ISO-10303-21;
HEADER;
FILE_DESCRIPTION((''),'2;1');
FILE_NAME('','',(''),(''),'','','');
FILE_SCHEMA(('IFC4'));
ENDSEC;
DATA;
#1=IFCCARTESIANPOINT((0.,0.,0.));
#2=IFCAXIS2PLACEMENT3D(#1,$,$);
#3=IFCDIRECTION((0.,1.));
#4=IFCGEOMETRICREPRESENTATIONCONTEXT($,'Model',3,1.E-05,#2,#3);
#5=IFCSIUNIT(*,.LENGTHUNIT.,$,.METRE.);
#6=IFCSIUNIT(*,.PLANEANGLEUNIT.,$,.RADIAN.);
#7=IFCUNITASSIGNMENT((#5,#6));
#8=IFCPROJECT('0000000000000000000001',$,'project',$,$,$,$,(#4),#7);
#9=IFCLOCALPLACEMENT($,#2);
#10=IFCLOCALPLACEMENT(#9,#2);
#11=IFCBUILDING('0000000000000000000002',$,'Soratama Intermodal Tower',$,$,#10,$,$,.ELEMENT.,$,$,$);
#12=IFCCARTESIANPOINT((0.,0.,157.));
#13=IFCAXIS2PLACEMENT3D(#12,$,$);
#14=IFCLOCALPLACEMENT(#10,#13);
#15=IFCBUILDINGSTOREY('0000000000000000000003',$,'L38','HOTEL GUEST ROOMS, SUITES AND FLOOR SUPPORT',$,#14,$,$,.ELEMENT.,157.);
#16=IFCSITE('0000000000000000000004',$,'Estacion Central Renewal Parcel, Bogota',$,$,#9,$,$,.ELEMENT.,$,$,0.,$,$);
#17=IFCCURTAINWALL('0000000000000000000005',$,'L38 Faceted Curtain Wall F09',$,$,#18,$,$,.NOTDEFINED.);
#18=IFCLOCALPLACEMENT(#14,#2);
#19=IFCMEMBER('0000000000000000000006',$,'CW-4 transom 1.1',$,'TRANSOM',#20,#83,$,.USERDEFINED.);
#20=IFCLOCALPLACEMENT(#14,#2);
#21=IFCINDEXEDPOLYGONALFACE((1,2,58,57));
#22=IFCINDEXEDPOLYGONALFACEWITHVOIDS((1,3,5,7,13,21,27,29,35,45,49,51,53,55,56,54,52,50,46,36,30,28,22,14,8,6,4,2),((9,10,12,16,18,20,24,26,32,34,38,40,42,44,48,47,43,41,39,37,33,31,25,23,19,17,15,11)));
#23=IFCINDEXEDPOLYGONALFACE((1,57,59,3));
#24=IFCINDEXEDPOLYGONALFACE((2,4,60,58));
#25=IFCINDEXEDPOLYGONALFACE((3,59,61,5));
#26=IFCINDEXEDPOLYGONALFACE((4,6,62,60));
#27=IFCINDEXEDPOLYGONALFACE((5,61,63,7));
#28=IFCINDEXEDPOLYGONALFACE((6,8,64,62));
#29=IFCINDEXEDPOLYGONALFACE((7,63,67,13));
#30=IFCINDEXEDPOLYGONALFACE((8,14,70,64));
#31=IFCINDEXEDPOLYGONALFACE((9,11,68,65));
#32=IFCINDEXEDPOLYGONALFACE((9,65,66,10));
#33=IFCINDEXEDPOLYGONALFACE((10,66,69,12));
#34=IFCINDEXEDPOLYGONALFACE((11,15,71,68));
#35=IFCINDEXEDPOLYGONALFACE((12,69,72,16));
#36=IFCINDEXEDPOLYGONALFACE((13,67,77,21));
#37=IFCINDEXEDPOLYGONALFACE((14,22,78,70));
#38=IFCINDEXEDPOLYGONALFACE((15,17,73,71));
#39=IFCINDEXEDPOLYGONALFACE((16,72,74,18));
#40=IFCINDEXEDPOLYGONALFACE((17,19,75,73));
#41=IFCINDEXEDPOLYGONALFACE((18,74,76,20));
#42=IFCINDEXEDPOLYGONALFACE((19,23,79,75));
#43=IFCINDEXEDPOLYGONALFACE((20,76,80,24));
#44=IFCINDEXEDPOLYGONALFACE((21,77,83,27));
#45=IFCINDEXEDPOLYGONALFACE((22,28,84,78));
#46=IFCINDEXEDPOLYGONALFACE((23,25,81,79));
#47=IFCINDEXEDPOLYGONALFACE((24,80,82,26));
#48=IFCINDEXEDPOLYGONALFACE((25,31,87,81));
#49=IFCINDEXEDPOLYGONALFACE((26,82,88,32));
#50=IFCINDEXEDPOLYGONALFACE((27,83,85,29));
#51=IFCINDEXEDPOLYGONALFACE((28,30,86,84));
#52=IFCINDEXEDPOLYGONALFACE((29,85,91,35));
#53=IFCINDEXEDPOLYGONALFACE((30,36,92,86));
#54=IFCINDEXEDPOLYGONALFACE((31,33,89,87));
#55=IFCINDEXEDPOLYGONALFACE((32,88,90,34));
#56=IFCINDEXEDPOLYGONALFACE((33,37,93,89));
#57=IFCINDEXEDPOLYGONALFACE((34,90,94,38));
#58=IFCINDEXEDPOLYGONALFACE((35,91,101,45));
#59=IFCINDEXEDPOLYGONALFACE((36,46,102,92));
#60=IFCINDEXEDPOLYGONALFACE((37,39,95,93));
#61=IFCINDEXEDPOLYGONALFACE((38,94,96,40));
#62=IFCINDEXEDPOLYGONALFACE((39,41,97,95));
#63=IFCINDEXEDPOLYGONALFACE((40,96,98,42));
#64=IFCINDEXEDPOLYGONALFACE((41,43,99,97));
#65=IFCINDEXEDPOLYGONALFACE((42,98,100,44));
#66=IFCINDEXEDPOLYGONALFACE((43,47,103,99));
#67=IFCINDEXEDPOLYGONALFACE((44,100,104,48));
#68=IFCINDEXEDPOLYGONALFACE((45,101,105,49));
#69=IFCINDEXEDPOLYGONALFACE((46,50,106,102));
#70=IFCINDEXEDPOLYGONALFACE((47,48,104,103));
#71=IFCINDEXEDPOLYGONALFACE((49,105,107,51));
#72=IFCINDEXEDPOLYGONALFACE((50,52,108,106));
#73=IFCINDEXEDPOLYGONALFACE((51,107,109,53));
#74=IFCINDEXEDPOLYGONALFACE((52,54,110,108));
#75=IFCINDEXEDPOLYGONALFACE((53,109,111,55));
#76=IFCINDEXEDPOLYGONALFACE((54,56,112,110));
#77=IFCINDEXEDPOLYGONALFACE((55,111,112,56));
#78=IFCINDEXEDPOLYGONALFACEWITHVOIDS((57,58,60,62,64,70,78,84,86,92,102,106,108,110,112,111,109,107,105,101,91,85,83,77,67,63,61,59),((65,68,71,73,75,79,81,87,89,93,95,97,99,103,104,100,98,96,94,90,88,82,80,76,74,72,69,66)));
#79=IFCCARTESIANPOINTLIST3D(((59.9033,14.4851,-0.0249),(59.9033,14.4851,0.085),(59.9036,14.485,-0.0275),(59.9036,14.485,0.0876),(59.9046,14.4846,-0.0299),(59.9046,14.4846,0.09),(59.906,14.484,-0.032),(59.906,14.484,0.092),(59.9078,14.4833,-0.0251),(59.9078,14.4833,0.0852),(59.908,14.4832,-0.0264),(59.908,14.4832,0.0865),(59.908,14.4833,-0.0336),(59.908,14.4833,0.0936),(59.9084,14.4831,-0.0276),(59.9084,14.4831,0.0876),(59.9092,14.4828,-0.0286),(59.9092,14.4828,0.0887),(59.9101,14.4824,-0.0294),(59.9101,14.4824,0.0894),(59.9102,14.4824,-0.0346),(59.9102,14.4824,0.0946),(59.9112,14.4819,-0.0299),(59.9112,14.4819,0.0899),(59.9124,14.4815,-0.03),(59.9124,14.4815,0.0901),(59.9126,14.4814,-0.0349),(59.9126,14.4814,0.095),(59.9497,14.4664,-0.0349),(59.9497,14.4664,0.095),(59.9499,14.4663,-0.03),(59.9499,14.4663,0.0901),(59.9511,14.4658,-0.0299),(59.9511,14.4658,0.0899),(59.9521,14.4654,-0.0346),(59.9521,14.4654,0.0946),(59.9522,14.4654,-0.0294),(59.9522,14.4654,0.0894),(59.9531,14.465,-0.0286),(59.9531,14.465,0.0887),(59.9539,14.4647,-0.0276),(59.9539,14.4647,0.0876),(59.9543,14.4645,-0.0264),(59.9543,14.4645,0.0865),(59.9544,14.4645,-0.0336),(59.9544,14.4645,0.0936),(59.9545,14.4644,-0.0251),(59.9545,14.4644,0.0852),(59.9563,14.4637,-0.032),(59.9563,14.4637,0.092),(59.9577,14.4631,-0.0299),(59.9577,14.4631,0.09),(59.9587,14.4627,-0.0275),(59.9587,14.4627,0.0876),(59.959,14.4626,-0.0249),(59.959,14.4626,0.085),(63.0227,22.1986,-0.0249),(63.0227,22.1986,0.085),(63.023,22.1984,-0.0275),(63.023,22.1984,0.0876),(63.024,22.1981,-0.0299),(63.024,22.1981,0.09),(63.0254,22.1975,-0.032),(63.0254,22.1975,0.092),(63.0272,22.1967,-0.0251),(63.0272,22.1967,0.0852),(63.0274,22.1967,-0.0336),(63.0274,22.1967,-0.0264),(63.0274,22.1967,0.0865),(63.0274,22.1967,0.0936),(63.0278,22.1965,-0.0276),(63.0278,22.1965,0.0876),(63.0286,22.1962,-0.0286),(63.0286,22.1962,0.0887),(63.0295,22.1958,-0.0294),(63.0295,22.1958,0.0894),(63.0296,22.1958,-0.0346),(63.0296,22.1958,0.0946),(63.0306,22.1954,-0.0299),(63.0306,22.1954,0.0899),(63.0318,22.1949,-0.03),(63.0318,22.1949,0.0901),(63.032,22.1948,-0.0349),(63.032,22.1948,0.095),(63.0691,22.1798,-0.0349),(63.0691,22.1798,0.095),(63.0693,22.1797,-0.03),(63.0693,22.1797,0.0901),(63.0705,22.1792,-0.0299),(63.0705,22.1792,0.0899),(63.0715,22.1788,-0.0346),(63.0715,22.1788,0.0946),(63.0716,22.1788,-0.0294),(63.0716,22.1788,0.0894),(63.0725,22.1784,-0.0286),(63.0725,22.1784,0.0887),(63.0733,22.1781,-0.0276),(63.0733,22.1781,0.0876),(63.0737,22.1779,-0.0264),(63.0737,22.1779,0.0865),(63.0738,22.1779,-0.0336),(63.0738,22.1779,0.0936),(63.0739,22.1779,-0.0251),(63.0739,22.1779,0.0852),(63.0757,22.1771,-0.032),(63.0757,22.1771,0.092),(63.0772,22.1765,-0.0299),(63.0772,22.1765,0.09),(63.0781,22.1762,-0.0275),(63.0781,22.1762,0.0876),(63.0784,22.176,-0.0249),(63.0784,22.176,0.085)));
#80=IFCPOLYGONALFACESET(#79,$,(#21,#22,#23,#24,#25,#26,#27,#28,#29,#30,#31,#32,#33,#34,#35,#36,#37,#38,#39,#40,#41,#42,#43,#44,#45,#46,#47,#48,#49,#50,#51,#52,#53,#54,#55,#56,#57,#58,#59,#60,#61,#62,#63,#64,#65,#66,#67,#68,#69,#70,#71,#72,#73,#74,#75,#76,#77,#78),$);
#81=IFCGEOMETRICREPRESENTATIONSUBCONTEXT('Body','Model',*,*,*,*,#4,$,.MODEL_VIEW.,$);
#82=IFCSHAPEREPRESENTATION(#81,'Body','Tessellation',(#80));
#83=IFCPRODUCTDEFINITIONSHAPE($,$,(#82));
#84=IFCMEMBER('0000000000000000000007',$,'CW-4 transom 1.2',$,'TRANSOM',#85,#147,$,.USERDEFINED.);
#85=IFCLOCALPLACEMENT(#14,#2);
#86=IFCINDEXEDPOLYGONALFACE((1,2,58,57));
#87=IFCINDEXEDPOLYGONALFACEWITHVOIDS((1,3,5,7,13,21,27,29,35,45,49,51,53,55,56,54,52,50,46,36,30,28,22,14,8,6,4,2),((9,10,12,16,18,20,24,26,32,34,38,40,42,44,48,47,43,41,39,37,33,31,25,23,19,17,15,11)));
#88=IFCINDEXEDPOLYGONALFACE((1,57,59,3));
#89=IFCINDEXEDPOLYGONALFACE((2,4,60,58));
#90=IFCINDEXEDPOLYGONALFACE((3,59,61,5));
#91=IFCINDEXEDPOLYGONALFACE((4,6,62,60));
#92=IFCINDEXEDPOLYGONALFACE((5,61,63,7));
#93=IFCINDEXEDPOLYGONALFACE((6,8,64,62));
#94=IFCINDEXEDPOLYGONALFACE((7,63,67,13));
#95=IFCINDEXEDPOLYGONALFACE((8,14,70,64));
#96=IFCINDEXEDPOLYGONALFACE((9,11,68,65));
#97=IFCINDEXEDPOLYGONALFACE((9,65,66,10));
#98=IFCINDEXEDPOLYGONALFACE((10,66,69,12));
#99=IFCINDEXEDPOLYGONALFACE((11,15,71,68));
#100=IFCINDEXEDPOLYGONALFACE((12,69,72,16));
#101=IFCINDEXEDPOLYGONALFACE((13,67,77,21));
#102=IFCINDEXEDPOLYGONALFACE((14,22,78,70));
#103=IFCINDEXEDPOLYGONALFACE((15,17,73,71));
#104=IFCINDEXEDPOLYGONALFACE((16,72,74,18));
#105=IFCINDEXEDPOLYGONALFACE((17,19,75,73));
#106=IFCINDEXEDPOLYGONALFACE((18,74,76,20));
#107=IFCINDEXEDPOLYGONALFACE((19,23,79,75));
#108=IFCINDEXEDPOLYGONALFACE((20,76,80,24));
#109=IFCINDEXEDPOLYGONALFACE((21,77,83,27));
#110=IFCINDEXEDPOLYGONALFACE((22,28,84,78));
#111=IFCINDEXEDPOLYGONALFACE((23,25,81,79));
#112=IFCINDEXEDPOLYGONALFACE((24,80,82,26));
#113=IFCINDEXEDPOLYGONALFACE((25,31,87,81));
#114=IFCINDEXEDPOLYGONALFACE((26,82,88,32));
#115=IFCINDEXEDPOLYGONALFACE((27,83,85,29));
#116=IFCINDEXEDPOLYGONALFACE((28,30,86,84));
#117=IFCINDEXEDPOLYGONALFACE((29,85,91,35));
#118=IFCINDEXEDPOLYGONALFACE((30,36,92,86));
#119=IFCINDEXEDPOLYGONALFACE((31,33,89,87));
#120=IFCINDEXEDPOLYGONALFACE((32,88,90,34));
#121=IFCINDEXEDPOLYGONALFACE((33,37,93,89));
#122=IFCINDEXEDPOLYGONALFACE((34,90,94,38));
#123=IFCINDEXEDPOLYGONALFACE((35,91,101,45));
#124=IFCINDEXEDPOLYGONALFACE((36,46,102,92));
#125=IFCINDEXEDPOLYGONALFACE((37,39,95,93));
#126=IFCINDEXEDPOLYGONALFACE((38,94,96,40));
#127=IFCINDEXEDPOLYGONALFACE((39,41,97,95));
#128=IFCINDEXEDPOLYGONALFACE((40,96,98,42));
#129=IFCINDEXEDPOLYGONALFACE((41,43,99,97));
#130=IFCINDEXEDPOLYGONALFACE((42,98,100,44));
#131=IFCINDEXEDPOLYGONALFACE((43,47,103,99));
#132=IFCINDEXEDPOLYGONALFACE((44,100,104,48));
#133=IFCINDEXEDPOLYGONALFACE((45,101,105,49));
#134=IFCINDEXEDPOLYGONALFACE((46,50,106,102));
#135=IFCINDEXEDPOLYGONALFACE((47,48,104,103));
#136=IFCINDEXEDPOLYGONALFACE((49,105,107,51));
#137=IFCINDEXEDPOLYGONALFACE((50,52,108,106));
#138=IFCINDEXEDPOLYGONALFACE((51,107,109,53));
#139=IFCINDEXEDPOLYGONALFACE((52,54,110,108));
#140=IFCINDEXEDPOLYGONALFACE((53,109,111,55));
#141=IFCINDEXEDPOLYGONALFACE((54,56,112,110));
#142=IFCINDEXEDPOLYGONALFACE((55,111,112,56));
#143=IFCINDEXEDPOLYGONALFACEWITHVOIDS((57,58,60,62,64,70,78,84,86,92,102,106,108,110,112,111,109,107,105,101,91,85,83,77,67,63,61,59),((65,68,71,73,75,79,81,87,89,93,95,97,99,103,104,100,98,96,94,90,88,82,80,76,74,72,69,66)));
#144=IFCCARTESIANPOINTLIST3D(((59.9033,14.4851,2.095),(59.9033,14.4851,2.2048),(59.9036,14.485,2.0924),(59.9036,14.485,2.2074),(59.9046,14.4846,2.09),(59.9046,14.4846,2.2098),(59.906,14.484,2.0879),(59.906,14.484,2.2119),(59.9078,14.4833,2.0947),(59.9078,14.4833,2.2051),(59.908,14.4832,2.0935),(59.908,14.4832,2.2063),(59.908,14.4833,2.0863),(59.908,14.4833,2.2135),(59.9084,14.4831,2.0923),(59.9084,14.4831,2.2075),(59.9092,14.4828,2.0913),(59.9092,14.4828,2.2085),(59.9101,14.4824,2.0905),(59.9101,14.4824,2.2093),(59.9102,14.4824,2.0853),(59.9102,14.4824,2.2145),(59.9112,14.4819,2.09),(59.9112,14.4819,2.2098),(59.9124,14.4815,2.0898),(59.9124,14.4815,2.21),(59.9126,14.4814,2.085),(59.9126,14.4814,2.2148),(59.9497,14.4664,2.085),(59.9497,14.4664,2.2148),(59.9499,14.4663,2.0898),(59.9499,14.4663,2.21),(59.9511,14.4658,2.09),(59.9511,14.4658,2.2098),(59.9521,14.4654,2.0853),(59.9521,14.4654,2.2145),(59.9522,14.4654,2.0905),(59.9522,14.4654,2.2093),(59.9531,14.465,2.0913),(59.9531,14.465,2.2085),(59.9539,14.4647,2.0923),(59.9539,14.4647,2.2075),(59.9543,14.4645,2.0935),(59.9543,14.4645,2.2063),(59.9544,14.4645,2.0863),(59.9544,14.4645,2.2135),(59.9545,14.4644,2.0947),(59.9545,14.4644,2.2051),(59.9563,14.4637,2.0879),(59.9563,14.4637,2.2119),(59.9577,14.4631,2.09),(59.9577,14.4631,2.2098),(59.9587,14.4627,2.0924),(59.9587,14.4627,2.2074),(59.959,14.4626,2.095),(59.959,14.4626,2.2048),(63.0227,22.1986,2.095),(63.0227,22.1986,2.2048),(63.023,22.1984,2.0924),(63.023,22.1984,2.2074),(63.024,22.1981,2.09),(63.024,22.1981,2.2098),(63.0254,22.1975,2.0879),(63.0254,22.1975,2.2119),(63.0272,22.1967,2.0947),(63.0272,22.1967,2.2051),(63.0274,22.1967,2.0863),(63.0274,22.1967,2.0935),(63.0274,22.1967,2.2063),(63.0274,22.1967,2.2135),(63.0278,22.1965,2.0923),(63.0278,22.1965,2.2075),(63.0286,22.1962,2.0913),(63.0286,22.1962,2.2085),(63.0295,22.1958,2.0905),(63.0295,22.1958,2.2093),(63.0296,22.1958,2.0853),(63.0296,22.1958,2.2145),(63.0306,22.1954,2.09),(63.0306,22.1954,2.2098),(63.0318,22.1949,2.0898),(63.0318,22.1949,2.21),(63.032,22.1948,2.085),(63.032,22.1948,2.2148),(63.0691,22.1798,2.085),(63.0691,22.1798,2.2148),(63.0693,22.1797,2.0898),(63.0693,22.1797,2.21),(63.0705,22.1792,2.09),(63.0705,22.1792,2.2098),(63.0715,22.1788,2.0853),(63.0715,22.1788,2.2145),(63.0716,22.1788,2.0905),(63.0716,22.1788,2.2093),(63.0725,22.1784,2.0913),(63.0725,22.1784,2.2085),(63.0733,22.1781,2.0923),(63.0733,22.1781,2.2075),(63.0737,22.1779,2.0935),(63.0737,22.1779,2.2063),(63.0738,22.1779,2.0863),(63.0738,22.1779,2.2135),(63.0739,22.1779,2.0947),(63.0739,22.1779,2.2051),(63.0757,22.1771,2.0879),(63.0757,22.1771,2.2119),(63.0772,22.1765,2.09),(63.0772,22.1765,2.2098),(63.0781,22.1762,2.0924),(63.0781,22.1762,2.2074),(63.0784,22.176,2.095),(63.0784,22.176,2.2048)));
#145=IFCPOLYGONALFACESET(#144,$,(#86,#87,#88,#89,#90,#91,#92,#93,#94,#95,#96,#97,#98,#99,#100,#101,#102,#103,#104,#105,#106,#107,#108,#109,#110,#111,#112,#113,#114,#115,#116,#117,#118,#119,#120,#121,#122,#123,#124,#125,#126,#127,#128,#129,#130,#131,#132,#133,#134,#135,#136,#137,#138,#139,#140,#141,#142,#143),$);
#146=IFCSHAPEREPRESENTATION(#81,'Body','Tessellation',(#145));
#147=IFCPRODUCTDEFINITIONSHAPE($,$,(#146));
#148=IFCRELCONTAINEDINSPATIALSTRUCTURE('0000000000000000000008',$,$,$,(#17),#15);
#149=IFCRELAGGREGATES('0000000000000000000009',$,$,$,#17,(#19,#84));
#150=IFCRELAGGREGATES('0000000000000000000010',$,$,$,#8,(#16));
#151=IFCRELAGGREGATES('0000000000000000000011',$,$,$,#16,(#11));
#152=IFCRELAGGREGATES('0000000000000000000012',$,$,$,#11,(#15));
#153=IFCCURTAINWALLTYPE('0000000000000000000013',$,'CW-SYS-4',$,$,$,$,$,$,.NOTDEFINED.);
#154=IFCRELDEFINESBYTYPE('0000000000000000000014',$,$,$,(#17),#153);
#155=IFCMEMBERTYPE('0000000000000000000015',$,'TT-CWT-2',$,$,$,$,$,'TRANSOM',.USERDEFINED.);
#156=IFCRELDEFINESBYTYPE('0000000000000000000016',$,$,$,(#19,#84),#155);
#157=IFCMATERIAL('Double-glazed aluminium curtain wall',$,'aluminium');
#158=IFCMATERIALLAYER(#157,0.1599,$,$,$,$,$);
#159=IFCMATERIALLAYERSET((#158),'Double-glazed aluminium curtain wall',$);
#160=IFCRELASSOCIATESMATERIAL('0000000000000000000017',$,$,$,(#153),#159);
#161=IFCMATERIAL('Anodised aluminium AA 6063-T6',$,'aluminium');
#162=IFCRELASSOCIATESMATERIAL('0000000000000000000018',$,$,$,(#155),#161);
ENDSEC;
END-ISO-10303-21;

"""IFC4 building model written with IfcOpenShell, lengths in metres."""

from ifc_helpers import new_model, si_unit, direction, frame, origin, origin_2d, place, context, subcontext, project, spatial, hollow_rectangle, extrude, material, layer, layer_set, material_profile, profile_set, type_object, element, aggregate, save


model = new_model("IFC4")

# Units and contexts
model_context = context("Model", 3, precision=1e-05, world=origin(), true_north=direction((0.0, 1.0)))
body_context = subcontext(model_context, "Body", "Model", "MODEL_VIEW")
ifc_project = project(units=[si_unit("LENGTHUNIT", "METRE"), si_unit("PLANEANGLEUNIT", "RADIAN")], contexts=[model_context])

# Site, building, storey
site_placement = place(None, origin())
site = spatial("IfcSite", under=ifc_project, at=site_placement, Name="Estacion Central Renewal Parcel, Bogota", CompositionType="ELEMENT", RefElevation=0.0)
building_placement = place(site_placement, origin())
building = spatial("IfcBuilding", under=site, at=building_placement, Name="Soratama Intermodal Tower", CompositionType="ELEMENT")
storey_placement = place(building_placement, frame((0.0, 0.0, 157.0)))
storey = spatial("IfcBuildingStorey", under=building, at=storey_placement, Name="L38", Description="HOTEL GUEST ROOMS, SUITES AND FLOOR SUPPORT", CompositionType="ELEMENT", Elevation=157.0)

# Curtain wall, members
ifc_material_1 = material(Name="Double-glazed aluminium curtain wall", Category="aluminium")
ifc_layer_1 = layer(ifc_material_1, 0.1599)
ifc_layer_set_1 = layer_set([ifc_layer_1], Name="Double-glazed aluminium curtain wall")
curtain_wall_type = type_object("IfcCurtainWallType", Name="CW-SYS-4", PredefinedType="NOTDEFINED", material=ifc_layer_set_1)
curtain_wall_placement = place(storey_placement, origin())
curtain_wall = element("IfcCurtainWall", 1, at=curtain_wall_placement, inside=storey, type_object=curtain_wall_type, Name="L38 Faceted Curtain Wall F09", PredefinedType="NOTDEFINED")
ifc_material_2 = material(Name="Anodised aluminium AA 6063-T6", Category="aluminium")
ifc_material_profile_1 = material_profile(ifc_material_2, hollow_rectangle(XDim=0.0601, YDim=0.1299, WallThickness=0.0049, InnerFilletRadius=0.0049, OuterFilletRadius=0.01, at=origin_2d()), Name="CWT130X60X5")
ifc_profile_set_1 = profile_set([ifc_material_profile_1], Name="Anodised aluminium AA 6063-T6")
member_type_1 = type_object("IfcMemberType", Name="TT-CWT-2", ElementType="TRANSOM", PredefinedType="USERDEFINED", material=ifc_profile_set_1)
member_1_placement = place(storey_placement, frame((59.9312, 14.4739, 0.03), z_axis=(0.374914, 0.92706, 0.0), x_axis=(-0.92706, 0.374914, 0.0)))
member_1 = element("IfcMember", 2, at=member_1_placement, type_object=member_type_1, Name="CW-4 transom 1.1", ObjectType="TRANSOM", PredefinedType="USERDEFINED", context=body_context, shape_type="SweptSolid", body=[
    extrude(hollow_rectangle(XDim=0.0601, YDim=0.1299, WallThickness=0.0049, InnerFilletRadius=0.0049, OuterFilletRadius=0.01, at=origin_2d()), origin(), (0.0, 0.0, 1.0), 8.3203),
])
member_2_placement = place(storey_placement, frame((59.9312, 14.4739, 2.1499), z_axis=(0.374914, 0.92706, 0.0), x_axis=(-0.92706, 0.374914, 0.0)))
member_2 = element("IfcMember", 3, at=member_2_placement, type_object=member_type_1, Name="CW-4 transom 1.2", ObjectType="TRANSOM", PredefinedType="USERDEFINED", context=body_context, shape_type="SweptSolid", body=[
    extrude(hollow_rectangle(XDim=0.0601, YDim=0.1299, WallThickness=0.0049, InnerFilletRadius=0.0049, OuterFilletRadius=0.01, at=origin_2d()), origin(), (0.0, 0.0, 1.0), 8.3203),
])
aggregate(curtain_wall, [member_1, member_2])

save(model, "model.ifc")
